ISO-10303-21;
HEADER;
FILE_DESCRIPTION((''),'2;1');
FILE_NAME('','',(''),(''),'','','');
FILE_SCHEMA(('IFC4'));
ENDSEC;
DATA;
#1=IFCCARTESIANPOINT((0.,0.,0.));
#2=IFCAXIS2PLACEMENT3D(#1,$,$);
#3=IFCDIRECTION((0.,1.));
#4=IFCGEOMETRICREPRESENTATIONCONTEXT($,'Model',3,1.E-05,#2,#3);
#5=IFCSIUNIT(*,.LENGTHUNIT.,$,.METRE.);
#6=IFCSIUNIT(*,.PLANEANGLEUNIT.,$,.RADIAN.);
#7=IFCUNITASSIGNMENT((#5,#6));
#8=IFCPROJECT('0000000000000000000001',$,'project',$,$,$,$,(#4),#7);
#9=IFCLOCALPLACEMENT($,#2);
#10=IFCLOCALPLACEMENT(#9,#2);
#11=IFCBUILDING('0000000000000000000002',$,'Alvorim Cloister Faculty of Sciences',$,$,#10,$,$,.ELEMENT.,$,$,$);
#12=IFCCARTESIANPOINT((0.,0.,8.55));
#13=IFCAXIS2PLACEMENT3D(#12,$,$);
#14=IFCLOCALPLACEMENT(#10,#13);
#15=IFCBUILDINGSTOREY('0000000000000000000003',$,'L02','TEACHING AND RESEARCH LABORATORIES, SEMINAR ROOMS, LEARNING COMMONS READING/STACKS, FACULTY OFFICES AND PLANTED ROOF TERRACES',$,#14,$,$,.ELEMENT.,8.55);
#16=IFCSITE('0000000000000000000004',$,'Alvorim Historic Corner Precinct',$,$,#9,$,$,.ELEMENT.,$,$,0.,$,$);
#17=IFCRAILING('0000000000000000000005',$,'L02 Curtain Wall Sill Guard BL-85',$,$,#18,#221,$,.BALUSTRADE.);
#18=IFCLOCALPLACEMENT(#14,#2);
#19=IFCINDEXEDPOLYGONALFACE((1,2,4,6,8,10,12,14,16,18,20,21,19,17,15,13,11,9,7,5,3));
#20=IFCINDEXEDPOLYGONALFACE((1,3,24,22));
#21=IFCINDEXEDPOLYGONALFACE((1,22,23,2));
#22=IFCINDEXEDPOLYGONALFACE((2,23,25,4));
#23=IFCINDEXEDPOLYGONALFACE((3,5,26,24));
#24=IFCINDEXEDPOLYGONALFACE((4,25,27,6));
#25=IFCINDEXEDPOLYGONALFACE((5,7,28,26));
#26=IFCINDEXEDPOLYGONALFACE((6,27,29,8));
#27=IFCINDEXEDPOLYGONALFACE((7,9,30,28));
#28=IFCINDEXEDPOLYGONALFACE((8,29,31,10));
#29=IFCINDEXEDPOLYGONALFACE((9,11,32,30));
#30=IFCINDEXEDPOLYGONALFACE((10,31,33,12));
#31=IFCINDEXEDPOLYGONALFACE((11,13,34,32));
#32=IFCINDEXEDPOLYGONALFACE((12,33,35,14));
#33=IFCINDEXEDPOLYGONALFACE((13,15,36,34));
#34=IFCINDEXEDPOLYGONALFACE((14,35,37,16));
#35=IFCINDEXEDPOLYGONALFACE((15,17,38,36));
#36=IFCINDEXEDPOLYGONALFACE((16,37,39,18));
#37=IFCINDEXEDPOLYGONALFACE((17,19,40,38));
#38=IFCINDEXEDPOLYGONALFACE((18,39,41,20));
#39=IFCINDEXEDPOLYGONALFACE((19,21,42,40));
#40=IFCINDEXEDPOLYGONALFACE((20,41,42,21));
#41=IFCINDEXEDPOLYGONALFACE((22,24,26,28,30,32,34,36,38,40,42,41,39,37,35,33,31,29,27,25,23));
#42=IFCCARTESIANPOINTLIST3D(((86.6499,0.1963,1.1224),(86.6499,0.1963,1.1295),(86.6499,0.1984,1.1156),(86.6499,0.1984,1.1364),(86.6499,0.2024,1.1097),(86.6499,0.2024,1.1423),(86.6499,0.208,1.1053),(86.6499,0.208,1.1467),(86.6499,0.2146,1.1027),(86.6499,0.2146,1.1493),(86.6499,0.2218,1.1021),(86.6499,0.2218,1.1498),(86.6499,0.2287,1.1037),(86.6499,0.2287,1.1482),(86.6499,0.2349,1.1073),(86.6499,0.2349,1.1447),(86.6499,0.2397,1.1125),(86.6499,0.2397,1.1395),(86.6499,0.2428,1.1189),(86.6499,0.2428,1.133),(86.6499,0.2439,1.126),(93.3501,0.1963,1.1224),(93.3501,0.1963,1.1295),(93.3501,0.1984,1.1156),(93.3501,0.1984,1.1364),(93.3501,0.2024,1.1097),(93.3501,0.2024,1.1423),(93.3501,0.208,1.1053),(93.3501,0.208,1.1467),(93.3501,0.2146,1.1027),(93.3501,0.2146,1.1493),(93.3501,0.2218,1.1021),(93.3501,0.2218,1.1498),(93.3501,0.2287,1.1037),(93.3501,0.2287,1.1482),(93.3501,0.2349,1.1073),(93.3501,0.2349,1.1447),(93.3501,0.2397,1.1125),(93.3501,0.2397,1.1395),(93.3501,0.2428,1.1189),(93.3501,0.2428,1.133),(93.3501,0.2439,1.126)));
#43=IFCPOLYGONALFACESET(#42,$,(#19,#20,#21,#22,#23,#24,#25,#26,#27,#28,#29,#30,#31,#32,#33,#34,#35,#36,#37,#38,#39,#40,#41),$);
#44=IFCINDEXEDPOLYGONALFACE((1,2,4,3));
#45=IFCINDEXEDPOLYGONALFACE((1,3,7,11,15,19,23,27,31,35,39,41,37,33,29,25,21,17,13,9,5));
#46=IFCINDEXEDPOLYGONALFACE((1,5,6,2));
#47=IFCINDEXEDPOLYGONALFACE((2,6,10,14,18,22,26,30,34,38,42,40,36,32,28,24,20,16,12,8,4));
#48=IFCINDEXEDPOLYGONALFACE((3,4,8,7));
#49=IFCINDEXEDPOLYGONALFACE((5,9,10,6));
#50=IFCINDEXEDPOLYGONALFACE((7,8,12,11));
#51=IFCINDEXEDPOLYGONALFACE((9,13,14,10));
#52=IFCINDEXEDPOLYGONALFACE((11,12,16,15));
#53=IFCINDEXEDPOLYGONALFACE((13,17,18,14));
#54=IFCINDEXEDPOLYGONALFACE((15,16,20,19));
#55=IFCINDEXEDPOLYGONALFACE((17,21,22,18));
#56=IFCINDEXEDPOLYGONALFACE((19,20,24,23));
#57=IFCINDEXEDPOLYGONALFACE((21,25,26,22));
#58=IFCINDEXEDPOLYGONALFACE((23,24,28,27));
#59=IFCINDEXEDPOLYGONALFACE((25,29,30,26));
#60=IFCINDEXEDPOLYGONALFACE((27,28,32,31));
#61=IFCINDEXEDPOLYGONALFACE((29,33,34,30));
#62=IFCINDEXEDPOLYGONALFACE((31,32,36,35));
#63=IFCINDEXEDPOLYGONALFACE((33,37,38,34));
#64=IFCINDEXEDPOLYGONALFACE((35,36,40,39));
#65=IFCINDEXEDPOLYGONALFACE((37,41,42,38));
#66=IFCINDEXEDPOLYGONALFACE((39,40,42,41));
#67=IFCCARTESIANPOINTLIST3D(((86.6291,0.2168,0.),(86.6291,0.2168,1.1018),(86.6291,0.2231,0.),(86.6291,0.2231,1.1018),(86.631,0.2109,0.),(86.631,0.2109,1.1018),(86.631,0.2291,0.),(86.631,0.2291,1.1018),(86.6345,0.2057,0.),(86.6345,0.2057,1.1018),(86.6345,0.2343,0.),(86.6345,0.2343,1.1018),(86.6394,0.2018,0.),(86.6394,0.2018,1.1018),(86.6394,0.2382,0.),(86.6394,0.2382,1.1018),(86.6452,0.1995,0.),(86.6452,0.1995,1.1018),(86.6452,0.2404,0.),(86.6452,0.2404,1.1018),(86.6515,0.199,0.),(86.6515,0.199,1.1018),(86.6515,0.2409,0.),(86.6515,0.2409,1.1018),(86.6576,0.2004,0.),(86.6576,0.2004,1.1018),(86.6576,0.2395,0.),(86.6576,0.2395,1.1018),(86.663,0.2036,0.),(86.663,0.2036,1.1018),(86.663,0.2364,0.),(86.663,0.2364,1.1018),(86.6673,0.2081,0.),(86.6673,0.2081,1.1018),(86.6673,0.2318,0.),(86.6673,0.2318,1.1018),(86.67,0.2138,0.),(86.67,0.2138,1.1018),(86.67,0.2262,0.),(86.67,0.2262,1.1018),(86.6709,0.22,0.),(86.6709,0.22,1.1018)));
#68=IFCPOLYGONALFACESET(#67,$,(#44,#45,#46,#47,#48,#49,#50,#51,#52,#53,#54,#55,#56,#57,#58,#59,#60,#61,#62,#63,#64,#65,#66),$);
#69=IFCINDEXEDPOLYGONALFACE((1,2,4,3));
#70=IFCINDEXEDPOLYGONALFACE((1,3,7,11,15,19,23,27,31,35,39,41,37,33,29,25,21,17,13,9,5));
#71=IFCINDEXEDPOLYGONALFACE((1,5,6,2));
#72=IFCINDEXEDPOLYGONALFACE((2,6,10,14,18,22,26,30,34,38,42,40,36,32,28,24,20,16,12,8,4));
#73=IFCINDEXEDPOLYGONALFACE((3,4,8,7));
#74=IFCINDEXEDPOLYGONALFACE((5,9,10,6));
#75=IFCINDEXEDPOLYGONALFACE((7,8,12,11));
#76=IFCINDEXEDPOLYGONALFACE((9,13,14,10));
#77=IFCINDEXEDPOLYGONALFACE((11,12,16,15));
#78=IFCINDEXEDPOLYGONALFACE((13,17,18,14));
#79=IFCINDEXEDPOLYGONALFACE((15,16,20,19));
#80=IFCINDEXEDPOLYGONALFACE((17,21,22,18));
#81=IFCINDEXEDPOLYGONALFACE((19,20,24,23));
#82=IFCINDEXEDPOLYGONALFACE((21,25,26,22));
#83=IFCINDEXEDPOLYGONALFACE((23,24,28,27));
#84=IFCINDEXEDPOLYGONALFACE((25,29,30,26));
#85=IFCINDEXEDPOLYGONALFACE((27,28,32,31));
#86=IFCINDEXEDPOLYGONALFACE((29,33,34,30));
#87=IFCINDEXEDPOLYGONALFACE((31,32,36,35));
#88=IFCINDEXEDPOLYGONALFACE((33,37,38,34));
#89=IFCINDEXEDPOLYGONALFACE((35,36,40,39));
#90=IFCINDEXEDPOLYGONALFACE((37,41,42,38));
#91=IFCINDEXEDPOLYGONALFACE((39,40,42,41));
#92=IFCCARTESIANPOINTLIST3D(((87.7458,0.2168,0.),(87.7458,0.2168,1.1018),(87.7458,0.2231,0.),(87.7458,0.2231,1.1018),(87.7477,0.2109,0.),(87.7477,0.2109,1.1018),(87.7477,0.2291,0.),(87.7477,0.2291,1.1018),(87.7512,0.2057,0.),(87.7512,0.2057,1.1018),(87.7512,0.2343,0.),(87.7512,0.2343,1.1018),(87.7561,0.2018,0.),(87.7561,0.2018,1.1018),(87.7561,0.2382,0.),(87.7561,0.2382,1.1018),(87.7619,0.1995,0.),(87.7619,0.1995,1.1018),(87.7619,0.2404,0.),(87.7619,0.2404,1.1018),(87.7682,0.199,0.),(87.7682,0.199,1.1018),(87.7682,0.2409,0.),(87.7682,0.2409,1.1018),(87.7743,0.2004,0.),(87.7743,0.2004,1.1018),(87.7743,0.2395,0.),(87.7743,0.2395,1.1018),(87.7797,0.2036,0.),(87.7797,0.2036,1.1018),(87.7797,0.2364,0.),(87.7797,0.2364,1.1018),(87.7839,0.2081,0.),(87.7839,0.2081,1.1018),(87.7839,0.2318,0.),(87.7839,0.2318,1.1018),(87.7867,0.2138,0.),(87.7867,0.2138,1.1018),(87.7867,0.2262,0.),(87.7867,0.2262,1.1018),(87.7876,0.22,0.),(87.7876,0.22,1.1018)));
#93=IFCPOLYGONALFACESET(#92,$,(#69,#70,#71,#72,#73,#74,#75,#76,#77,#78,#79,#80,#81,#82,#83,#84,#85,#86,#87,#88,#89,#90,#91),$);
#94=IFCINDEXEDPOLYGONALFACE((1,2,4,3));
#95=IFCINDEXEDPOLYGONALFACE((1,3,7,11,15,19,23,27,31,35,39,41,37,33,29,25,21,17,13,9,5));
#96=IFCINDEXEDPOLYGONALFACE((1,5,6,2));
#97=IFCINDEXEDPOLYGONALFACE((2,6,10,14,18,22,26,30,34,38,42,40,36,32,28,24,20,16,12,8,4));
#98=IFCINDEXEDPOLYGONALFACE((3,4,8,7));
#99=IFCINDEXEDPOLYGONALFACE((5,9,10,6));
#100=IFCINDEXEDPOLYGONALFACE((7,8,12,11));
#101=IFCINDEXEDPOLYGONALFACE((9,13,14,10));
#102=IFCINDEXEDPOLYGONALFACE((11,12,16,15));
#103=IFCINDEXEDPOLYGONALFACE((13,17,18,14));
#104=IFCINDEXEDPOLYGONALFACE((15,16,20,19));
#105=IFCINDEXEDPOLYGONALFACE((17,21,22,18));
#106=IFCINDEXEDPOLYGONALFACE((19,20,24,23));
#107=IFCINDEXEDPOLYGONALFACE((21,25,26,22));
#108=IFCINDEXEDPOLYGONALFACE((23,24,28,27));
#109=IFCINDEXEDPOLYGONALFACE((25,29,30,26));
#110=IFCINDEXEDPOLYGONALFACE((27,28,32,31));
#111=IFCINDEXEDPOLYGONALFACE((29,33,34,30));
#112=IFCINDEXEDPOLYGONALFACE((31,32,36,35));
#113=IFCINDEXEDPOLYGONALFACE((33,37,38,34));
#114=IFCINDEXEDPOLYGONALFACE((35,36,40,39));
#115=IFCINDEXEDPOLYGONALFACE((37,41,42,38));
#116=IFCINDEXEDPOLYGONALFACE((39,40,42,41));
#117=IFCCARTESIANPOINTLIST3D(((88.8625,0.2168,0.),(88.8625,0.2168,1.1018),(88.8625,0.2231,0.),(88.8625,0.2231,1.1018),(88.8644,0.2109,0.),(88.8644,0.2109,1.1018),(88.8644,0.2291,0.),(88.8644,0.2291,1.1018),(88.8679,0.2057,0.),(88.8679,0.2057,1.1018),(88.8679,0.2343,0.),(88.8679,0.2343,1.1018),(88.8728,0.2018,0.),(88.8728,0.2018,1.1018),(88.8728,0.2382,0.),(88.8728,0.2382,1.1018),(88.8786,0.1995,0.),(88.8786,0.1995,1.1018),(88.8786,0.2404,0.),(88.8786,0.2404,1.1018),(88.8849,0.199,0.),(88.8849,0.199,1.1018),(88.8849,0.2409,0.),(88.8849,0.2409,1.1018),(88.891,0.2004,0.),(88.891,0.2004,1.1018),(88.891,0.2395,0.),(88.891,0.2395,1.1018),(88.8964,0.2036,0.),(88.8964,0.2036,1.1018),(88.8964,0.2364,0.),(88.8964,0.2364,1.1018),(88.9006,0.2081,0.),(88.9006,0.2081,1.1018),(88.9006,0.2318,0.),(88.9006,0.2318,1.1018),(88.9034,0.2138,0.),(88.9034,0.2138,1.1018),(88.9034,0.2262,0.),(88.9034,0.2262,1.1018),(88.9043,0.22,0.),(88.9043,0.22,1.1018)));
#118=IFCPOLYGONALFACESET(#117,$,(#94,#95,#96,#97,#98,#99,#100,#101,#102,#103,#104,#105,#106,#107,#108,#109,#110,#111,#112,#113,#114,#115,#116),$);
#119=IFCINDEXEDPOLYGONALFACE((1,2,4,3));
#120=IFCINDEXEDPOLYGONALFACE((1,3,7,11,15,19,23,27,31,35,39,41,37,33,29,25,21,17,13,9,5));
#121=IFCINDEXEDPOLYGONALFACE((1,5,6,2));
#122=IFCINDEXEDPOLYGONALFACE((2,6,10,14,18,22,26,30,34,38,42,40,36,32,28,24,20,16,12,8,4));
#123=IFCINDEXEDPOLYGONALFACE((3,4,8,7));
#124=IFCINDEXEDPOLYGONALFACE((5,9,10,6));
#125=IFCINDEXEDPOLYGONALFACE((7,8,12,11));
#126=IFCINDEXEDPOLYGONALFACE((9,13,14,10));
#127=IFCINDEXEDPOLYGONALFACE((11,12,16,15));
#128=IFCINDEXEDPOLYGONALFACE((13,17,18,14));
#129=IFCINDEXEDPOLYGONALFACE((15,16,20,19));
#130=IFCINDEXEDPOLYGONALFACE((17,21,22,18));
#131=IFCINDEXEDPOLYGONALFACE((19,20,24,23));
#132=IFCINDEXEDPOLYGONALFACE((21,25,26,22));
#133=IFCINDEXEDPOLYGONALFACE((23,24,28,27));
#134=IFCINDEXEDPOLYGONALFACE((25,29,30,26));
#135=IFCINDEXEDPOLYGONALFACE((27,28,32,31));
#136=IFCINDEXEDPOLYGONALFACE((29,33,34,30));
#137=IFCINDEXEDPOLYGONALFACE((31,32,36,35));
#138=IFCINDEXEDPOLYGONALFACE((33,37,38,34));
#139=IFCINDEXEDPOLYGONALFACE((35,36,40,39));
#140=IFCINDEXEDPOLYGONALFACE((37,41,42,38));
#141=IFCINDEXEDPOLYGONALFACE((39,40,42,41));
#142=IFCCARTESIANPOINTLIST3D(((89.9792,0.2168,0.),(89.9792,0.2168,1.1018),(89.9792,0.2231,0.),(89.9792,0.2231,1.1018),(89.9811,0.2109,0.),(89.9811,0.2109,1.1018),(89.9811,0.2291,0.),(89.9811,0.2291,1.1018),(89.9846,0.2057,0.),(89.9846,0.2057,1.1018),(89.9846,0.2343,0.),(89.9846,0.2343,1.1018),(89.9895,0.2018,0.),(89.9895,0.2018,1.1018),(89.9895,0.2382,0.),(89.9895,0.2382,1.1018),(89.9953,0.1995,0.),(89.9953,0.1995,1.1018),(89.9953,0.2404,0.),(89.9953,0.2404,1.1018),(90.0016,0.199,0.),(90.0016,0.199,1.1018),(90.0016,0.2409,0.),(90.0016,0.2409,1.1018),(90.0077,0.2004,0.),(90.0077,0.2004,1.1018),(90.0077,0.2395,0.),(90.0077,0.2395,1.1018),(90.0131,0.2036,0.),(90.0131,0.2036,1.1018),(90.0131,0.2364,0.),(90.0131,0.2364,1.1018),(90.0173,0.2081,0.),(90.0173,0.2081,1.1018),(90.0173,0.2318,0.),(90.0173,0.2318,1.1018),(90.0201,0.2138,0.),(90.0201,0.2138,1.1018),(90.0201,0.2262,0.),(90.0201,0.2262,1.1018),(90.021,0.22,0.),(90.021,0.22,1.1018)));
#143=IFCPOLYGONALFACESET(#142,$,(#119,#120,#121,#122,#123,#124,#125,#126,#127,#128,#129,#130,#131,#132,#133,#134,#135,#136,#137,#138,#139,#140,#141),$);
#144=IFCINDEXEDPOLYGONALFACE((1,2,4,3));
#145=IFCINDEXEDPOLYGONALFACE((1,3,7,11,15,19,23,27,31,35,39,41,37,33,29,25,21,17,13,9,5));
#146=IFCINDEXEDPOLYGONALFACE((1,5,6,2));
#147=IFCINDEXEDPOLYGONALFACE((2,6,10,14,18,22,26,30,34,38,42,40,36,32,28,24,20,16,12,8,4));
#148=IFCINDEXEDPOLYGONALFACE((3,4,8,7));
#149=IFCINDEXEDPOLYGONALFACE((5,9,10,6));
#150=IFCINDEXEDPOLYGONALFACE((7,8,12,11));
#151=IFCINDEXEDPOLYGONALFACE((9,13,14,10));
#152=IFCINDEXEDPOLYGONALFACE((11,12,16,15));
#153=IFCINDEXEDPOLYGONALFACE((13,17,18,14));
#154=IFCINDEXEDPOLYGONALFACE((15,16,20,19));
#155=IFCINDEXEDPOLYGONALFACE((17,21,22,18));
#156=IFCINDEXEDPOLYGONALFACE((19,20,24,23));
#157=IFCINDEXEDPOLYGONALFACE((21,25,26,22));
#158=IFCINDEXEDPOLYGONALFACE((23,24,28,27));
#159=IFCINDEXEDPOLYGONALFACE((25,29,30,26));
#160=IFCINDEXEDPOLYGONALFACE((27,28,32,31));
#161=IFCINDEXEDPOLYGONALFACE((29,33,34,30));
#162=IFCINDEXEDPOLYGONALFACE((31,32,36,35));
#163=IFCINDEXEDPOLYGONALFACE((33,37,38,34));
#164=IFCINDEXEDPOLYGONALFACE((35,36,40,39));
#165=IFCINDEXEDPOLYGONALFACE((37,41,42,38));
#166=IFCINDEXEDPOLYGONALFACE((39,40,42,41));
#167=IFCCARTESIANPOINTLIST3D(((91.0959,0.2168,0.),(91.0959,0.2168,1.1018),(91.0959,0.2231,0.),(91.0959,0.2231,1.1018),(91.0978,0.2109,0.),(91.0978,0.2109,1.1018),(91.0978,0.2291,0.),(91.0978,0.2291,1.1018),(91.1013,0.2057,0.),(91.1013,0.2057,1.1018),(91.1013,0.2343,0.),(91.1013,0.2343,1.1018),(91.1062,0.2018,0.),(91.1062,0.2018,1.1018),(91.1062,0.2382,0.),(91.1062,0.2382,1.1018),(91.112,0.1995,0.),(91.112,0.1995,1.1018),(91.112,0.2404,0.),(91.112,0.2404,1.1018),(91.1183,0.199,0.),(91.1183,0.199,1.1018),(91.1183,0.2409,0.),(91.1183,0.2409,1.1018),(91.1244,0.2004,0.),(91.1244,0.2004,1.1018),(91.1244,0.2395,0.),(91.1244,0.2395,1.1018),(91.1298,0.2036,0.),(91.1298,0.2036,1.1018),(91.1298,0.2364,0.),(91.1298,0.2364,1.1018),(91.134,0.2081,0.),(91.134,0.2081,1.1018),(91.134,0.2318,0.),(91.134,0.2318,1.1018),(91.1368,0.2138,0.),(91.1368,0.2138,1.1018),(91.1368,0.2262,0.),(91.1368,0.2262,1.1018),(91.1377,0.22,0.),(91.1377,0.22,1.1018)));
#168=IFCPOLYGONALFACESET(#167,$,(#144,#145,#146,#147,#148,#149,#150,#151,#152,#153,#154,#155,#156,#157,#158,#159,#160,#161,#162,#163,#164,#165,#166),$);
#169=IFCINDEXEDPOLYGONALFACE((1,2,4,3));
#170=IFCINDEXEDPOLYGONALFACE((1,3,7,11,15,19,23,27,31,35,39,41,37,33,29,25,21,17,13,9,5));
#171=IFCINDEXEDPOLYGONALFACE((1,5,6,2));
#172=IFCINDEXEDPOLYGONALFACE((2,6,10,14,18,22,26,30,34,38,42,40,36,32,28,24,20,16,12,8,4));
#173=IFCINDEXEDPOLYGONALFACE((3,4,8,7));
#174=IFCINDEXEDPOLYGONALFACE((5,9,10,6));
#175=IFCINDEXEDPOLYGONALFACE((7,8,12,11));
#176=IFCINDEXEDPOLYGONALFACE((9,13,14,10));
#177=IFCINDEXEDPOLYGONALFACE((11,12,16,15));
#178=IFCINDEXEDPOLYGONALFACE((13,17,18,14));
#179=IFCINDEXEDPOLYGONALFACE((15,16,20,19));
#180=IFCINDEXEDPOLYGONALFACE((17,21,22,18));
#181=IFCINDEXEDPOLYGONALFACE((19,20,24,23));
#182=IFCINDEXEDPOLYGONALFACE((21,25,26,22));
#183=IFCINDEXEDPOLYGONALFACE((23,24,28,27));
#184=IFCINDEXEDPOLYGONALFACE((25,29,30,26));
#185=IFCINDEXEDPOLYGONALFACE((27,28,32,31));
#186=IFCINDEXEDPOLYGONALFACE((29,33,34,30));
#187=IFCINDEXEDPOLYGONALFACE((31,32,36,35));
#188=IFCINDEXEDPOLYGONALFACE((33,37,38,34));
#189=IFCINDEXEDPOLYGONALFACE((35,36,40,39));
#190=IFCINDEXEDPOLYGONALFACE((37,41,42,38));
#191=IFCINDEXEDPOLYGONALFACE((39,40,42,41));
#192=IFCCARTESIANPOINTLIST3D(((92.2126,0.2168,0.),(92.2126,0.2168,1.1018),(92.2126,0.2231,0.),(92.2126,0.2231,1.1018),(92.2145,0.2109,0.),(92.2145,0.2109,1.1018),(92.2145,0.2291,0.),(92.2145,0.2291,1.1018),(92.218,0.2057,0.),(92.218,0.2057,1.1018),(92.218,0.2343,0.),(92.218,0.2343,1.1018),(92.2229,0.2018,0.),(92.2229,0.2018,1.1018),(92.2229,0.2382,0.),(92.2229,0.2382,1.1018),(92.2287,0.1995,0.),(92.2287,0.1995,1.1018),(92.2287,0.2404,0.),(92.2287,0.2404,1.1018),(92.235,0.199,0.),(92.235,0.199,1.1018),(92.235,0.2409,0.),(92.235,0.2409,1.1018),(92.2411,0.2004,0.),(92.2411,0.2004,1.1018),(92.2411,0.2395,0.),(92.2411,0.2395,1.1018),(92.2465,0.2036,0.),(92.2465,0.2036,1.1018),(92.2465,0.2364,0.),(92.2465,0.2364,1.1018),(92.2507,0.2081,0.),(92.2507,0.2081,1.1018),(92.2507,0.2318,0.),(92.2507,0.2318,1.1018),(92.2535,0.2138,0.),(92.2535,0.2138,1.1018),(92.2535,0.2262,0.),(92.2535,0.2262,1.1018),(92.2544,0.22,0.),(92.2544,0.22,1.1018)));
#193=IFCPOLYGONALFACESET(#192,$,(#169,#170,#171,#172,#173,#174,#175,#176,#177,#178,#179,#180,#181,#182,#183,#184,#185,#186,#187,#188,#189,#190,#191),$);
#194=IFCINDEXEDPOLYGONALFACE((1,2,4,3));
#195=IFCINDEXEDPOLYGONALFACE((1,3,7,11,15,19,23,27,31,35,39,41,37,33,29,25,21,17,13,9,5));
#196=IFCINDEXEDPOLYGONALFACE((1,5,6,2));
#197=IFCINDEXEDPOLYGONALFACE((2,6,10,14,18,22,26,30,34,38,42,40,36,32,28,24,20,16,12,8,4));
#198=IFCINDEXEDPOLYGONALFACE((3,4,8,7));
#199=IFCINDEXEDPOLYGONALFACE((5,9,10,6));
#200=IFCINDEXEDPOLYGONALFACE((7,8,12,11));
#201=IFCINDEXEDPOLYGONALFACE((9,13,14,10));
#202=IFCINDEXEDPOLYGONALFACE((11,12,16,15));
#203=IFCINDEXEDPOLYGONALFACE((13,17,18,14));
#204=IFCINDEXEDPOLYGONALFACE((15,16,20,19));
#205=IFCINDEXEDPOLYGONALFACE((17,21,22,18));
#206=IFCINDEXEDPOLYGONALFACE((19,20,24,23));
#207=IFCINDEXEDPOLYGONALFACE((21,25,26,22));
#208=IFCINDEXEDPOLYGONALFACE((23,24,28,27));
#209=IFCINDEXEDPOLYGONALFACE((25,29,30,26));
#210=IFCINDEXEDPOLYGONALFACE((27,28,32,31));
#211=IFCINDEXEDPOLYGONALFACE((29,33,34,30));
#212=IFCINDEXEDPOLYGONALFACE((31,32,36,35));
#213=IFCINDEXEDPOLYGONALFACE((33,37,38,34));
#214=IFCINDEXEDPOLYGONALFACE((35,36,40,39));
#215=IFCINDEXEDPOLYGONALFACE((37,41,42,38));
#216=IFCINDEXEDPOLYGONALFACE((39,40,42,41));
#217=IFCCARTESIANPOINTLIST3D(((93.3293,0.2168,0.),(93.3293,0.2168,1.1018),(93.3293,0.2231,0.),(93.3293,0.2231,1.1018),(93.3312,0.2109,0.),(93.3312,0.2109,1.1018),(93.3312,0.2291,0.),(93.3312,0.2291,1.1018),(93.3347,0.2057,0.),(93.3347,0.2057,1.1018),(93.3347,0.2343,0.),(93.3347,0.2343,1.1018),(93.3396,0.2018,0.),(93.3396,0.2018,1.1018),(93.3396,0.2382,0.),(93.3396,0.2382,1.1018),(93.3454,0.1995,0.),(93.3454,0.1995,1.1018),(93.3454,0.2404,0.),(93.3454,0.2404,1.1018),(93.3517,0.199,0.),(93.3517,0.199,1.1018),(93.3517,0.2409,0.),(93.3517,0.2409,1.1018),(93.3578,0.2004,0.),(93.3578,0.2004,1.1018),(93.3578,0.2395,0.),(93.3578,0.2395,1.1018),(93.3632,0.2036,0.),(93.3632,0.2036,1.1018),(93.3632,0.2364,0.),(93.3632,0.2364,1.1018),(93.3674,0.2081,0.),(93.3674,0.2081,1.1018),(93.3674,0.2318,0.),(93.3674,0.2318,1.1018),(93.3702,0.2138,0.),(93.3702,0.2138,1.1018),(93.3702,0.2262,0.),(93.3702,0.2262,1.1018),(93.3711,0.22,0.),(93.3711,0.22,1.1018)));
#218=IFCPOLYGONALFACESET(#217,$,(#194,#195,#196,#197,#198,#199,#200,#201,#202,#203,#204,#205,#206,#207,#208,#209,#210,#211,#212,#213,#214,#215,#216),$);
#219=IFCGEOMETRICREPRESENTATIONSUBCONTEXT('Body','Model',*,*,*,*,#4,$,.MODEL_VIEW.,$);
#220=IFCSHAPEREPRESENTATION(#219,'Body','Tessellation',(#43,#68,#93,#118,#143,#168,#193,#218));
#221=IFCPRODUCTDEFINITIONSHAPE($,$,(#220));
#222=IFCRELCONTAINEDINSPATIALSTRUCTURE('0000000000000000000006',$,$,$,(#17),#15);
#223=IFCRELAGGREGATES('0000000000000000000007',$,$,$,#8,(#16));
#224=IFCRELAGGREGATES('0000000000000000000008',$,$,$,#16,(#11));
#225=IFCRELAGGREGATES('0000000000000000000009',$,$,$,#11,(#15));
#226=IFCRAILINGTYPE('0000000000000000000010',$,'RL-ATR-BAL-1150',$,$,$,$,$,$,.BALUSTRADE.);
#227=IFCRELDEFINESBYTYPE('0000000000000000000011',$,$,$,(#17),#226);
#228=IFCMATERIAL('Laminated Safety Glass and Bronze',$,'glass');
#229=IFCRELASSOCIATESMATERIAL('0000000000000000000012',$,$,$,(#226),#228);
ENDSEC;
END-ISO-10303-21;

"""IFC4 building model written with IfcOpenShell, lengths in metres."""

from ifc_helpers import new_model, si_unit, direction, frame, origin, origin_2d, place, context, subcontext, project, spatial, circle, extrude, material, type_object, element, save


model = new_model("IFC4")

# Units and contexts
model_context = context("Model", 3, precision=1e-05, world=origin(), true_north=direction((0.0, 1.0)))
body_context = subcontext(model_context, "Body", "Model", "MODEL_VIEW")
ifc_project = project(units=[si_unit("LENGTHUNIT", "METRE"), si_unit("PLANEANGLEUNIT", "RADIAN")], contexts=[model_context])

# Site, building, storey
site_placement = place(None, origin())
site = spatial("IfcSite", under=ifc_project, at=site_placement, Name="Alvorim Historic Corner Precinct", CompositionType="ELEMENT", RefElevation=0.0)
building_placement = place(site_placement, origin())
building = spatial("IfcBuilding", under=site, at=building_placement, Name="Alvorim Cloister Faculty of Sciences", CompositionType="ELEMENT")
storey_placement = place(building_placement, frame((0.0, 0.0, 8.55)))
storey = spatial("IfcBuildingStorey", under=building, at=storey_placement, Name="L02", Description="TEACHING AND RESEARCH LABORATORIES, SEMINAR ROOMS, LEARNING COMMONS READING/STACKS, FACULTY OFFICES AND PLANTED ROOF TERRACES", CompositionType="ELEMENT", Elevation=8.55)

# Railing
ifc_material_1 = material(Name="Laminated Safety Glass and Bronze", Category="glass")
railing_type = type_object("IfcRailingType", Name="RL-ATR-BAL-1150", PredefinedType="BALUSTRADE", material=ifc_material_1)
railing_placement = place(storey_placement, frame((86.6499, 0.22, 0.0)))
element("IfcRailing", 1, at=railing_placement, inside=storey, type_object=railing_type, Name="L02 Curtain Wall Sill Guard BL-85", PredefinedType="BALUSTRADE", context=body_context, shape_type="SweptSolid", body=[
    extrude(circle(Radius=0.0239, at=origin_2d()), frame((0.0, 0.0, 1.126), z_axis=(1.0, 0.0, 0.0), x_axis=(0.0, 1.0, 0.0)), (0.0, 0.0, 1.0), 6.7002),
    extrude(circle(Radius=0.021, at=origin_2d()), origin(), (0.0, 0.0, 1.0), 1.1018),
    extrude(circle(Radius=0.021, at=origin_2d()), frame((1.1167, 0.0, 0.0)), (0.0, 0.0, 1.0), 1.1018),
    extrude(circle(Radius=0.021, at=origin_2d()), frame((2.2334, 0.0, 0.0)), (0.0, 0.0, 1.0), 1.1018),
    extrude(circle(Radius=0.021, at=origin_2d()), frame((3.3501, 0.0, 0.0)), (0.0, 0.0, 1.0), 1.1018),
    extrude(circle(Radius=0.021, at=origin_2d()), frame((4.4668, 0.0, 0.0)), (0.0, 0.0, 1.0), 1.1018),
    extrude(circle(Radius=0.021, at=origin_2d()), frame((5.5835, 0.0, 0.0)), (0.0, 0.0, 1.0), 1.1018),
    extrude(circle(Radius=0.021, at=origin_2d()), frame((6.7002, 0.0, 0.0)), (0.0, 0.0, 1.0), 1.1018),
])

save(model, "model.ifc")
